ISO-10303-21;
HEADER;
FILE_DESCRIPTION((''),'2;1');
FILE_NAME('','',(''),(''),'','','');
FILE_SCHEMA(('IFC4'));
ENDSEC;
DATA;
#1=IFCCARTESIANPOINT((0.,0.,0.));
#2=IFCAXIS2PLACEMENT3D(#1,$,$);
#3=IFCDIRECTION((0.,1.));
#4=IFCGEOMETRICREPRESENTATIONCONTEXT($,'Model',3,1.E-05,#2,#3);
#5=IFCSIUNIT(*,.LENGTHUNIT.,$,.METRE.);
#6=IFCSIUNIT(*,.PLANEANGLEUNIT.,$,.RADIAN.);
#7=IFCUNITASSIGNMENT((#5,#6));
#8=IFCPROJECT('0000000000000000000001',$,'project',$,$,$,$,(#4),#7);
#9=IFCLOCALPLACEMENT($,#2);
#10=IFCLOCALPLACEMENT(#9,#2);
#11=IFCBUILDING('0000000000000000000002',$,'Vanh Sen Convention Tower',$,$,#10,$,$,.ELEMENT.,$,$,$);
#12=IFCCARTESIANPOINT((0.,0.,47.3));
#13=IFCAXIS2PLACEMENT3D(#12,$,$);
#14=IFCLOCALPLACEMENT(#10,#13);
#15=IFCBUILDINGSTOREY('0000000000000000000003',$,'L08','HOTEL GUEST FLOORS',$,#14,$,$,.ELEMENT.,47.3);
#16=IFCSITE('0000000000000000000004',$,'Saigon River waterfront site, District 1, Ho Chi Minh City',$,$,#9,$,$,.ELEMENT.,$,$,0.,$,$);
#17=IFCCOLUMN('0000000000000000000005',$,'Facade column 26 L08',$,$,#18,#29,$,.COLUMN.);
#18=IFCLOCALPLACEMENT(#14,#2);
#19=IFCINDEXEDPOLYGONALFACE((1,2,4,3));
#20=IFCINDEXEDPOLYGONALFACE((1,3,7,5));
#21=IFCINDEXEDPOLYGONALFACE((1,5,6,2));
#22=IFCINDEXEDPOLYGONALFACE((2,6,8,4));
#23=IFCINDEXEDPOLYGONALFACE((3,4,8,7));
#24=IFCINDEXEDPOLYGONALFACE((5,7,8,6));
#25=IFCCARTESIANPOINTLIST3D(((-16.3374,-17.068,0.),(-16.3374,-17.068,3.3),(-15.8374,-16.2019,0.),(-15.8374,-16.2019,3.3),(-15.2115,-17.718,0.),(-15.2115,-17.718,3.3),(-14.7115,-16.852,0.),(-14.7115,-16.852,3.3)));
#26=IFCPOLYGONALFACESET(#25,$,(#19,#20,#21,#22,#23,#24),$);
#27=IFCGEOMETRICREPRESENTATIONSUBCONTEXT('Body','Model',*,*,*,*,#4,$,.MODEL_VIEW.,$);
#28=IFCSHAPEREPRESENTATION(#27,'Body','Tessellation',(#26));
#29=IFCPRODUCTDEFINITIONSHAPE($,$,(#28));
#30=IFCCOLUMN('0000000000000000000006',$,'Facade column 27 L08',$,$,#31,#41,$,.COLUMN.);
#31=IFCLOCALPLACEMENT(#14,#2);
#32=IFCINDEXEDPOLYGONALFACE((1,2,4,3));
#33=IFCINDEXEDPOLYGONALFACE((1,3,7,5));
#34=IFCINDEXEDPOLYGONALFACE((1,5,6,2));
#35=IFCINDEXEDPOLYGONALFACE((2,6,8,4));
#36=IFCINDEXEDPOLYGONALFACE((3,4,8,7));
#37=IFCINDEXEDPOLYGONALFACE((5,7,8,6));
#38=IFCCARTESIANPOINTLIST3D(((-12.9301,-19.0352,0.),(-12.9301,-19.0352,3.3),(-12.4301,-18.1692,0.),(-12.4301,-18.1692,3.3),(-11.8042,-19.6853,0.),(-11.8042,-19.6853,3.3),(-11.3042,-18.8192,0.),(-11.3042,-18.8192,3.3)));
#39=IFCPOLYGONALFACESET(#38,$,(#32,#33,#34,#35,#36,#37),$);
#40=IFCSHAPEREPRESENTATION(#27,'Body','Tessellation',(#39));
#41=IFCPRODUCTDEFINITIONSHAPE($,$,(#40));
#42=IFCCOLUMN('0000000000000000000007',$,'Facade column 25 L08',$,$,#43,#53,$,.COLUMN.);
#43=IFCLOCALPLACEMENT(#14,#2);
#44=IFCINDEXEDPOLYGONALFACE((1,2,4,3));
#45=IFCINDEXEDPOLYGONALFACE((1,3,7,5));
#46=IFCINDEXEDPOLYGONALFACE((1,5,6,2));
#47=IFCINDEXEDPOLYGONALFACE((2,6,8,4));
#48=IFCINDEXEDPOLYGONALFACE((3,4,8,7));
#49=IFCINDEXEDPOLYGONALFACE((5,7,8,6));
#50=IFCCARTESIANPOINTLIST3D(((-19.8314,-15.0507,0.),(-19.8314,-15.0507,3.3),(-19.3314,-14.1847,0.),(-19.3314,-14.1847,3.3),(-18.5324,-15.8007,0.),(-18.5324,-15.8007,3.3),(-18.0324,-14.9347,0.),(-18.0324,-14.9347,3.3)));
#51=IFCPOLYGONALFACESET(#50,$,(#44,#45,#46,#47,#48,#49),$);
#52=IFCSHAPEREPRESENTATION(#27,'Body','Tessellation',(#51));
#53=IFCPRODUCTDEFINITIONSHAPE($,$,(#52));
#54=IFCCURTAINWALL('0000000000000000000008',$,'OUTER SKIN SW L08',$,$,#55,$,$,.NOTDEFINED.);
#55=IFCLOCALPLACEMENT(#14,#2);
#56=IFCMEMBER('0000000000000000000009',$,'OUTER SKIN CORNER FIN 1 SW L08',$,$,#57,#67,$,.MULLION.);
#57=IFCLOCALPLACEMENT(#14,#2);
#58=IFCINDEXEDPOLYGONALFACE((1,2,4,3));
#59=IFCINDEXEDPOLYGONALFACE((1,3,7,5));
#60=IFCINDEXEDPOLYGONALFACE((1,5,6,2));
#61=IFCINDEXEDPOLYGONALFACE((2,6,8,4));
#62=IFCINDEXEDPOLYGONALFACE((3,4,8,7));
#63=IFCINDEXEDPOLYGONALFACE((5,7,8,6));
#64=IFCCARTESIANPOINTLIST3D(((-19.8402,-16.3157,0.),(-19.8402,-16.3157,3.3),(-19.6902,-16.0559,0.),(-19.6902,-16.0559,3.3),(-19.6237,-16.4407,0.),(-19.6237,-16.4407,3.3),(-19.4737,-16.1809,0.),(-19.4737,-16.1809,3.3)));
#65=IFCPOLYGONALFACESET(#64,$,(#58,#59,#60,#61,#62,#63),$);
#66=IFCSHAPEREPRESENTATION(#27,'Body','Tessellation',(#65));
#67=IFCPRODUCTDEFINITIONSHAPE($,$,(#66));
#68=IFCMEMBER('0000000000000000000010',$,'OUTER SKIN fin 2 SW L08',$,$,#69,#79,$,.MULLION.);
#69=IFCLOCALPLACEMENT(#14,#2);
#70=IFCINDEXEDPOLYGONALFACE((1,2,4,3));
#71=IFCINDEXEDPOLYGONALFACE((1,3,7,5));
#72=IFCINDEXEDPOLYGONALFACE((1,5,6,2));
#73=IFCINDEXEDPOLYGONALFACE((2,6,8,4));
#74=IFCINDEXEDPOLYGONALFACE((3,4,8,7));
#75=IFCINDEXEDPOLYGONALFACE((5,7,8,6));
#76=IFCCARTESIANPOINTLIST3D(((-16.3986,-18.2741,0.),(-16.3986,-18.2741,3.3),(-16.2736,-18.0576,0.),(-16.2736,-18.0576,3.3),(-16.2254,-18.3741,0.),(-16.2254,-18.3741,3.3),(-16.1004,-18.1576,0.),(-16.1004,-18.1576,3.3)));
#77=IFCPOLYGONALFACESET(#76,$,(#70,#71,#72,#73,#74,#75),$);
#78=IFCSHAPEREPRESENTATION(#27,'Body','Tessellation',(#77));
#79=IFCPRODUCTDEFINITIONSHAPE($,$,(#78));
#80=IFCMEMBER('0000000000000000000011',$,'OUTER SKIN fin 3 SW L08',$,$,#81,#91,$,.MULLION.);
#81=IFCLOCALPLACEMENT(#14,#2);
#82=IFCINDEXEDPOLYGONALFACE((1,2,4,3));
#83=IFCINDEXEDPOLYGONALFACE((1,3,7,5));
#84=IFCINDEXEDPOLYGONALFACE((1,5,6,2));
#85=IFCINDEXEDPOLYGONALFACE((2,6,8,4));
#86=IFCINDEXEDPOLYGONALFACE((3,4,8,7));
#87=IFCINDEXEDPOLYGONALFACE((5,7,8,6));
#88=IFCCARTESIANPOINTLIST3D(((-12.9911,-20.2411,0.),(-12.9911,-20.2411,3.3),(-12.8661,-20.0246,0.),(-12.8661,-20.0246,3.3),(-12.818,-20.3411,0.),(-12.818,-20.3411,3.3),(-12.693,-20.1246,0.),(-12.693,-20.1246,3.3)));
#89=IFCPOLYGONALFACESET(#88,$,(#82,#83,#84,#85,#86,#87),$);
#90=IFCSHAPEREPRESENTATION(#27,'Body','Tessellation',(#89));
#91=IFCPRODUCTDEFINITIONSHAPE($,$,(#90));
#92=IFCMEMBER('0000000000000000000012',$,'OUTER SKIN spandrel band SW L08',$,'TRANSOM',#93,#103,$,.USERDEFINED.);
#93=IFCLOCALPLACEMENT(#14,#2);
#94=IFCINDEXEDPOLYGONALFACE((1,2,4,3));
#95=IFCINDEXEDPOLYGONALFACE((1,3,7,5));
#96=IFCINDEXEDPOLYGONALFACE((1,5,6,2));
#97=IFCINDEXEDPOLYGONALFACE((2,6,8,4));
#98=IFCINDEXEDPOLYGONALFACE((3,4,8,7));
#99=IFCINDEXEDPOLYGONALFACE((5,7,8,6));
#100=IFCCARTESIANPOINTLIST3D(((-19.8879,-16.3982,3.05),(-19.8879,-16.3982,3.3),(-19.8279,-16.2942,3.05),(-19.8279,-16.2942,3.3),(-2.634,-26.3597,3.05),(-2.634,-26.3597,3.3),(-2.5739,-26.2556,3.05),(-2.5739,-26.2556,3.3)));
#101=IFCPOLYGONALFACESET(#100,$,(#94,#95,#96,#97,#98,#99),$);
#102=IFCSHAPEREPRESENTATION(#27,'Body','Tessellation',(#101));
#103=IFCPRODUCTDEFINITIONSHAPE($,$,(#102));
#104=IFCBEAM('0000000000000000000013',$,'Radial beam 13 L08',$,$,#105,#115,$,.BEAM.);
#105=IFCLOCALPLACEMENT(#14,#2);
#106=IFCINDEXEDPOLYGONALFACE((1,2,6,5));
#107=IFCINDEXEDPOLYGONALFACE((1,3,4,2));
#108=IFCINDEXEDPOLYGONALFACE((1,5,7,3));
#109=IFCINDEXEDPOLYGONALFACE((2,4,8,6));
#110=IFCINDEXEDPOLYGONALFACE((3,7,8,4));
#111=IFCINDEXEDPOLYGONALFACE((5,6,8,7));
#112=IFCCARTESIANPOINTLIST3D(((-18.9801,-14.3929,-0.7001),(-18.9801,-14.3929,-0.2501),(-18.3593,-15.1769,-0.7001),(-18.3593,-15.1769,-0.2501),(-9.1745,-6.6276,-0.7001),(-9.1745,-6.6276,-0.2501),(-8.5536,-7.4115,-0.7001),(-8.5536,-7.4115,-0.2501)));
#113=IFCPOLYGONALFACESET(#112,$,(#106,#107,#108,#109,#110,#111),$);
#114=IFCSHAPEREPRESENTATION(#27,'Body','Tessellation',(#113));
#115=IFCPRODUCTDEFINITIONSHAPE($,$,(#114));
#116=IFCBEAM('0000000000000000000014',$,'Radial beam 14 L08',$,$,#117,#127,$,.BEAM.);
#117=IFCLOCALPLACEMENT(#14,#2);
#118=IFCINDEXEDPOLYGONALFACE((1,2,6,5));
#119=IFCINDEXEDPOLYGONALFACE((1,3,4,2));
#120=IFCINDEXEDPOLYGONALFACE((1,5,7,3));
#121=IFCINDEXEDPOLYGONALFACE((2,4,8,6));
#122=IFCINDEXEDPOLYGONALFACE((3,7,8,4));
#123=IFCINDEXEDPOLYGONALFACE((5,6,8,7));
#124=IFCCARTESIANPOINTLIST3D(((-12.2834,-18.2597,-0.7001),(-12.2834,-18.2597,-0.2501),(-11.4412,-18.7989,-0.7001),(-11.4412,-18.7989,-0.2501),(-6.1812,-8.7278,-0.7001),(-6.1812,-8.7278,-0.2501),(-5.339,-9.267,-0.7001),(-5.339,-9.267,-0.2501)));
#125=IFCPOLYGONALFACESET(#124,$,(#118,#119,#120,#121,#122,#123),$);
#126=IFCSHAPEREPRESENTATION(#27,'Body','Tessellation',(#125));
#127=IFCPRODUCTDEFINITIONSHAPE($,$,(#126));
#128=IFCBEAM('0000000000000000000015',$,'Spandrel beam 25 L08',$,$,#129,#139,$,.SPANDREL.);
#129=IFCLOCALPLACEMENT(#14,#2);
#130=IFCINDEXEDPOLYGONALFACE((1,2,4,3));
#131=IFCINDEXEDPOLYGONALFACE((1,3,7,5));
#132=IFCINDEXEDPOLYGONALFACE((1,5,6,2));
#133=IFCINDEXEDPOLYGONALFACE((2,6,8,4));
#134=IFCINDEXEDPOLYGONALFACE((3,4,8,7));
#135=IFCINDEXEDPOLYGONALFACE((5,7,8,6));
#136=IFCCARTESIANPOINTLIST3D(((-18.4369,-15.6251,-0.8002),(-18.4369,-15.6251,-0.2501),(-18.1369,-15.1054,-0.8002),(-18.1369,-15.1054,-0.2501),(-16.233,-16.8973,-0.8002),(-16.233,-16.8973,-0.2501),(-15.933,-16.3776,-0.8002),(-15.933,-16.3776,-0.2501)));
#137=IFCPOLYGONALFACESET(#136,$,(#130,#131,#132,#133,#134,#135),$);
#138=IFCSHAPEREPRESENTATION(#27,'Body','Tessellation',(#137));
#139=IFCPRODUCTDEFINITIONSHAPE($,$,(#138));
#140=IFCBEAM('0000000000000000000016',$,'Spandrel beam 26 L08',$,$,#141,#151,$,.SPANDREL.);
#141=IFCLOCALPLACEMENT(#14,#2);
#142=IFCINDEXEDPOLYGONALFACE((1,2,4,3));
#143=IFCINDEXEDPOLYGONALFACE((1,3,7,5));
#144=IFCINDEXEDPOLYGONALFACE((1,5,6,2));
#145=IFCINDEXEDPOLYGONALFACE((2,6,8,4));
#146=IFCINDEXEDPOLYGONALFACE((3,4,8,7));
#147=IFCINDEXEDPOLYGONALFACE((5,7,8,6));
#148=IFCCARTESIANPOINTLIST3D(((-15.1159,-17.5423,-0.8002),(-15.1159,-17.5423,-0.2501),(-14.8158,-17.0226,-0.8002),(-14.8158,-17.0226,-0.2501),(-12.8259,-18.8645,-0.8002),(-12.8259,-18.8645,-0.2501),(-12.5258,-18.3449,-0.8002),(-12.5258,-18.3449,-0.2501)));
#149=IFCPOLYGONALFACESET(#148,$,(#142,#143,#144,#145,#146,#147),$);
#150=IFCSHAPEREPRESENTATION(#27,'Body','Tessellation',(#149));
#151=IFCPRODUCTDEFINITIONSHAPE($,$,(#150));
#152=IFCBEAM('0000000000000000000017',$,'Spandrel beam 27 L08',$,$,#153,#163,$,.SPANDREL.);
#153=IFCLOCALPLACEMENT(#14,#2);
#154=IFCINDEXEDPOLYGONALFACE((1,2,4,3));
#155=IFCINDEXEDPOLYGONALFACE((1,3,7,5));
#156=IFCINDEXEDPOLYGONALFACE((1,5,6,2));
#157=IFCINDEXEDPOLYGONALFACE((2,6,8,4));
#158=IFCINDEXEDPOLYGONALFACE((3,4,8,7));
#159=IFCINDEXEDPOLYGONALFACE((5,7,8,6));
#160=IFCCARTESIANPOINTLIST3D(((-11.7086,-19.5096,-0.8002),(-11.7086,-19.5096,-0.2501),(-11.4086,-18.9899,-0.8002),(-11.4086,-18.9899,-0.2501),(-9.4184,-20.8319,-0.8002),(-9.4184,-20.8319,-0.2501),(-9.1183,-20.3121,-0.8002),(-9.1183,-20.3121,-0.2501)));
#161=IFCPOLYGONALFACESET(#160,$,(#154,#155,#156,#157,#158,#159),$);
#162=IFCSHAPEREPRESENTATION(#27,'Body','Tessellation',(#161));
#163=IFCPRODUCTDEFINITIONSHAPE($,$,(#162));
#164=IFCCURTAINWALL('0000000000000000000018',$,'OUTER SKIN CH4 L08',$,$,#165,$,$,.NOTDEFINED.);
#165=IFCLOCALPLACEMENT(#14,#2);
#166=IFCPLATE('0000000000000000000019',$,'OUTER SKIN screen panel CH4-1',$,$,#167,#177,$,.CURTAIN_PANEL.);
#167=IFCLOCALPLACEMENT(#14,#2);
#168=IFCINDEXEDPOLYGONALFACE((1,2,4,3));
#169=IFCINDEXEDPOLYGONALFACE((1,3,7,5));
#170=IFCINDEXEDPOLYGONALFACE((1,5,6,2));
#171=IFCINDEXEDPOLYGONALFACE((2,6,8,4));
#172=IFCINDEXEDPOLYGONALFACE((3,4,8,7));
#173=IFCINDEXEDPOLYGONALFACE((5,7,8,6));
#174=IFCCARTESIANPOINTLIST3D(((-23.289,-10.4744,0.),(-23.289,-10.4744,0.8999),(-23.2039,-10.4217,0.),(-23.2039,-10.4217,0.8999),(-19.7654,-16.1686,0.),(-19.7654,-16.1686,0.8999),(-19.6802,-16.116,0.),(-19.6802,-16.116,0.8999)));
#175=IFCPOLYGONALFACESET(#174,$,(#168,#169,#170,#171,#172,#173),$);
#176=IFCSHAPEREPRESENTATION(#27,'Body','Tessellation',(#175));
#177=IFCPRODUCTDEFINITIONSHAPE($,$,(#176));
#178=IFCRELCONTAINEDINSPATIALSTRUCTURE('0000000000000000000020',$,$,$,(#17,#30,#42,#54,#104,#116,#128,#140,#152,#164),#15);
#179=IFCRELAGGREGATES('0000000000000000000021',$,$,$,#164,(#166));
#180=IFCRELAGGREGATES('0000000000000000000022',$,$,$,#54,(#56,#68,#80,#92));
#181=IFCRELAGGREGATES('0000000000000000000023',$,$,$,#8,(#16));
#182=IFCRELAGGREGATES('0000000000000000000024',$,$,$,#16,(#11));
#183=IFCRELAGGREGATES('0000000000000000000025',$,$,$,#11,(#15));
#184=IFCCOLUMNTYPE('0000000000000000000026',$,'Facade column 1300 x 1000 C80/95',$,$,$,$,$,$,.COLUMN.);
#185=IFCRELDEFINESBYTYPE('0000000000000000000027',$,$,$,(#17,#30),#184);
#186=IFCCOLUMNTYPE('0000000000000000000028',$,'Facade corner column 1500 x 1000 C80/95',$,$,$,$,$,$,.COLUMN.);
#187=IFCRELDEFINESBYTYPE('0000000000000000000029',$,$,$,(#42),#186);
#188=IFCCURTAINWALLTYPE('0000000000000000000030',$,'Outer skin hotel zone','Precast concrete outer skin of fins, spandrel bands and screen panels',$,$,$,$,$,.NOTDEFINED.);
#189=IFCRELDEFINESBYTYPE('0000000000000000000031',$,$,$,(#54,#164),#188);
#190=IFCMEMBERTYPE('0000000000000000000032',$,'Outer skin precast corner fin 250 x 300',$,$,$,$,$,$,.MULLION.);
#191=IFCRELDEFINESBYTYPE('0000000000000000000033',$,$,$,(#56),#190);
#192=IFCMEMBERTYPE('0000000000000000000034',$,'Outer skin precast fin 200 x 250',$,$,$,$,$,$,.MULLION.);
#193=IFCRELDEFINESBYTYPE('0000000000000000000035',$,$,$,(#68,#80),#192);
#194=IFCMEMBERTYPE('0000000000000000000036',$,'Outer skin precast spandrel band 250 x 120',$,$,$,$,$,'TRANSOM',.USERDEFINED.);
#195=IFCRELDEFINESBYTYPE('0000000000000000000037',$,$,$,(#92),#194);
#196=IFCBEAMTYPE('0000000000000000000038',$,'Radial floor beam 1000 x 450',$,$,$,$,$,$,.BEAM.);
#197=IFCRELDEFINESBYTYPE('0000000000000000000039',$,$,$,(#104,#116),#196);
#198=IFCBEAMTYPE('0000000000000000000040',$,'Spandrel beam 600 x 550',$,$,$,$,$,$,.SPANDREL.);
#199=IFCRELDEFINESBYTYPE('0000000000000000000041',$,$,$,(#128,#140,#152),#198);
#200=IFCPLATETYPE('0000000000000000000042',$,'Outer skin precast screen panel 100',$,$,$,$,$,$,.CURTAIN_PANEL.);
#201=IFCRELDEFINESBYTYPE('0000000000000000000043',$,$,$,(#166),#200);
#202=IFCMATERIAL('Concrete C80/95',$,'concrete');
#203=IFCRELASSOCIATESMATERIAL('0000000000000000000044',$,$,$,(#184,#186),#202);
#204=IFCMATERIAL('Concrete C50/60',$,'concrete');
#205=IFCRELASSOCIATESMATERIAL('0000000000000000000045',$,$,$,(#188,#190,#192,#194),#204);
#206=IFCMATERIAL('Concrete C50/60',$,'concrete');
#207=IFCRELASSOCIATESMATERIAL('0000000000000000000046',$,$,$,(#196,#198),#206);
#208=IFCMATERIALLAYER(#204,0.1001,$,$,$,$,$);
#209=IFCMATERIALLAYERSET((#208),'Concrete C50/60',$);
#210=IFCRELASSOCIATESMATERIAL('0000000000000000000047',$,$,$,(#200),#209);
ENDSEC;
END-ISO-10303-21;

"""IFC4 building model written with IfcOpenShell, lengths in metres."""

from ifc_helpers import new_model, si_unit, direction, frame, origin, origin_2d, place, context, subcontext, project, spatial, rectangle, extrude, material, layer, layer_set, material_profile, profile_set, type_object, element, aggregate, save


model = new_model("IFC4")

# Units and contexts
model_context = context("Model", 3, precision=1e-05, world=origin(), true_north=direction((0.0, 1.0)))
body_context = subcontext(model_context, "Body", "Model", "MODEL_VIEW")
ifc_project = project(units=[si_unit("LENGTHUNIT", "METRE"), si_unit("PLANEANGLEUNIT", "RADIAN")], contexts=[model_context])

# Site, building, storey
site_placement = place(None, origin())
site = spatial("IfcSite", under=ifc_project, at=site_placement, Name="Saigon River waterfront site, District 1, Ho Chi Minh City", CompositionType="ELEMENT", RefElevation=0.0)
building_placement = place(site_placement, origin())
building = spatial("IfcBuilding", under=site, at=building_placement, Name="Vanh Sen Convention Tower", CompositionType="ELEMENT")
storey_placement = place(building_placement, frame((0.0, 0.0, 47.3)))
storey = spatial("IfcBuildingStorey", under=building, at=storey_placement, Name="L08", Description="HOTEL GUEST FLOORS", CompositionType="ELEMENT", Elevation=47.3)

# Columns
ifc_material_1 = material(Name="Concrete C80/95", Category="concrete")
ifc_material_profile_1 = material_profile(ifc_material_1, rectangle(XDim=1.3, YDim=1.0, at=origin_2d()), Name="RC 1300X1000")
ifc_profile_set_1 = profile_set([ifc_material_profile_1], Name="Concrete C80/95")
column_type_1 = type_object("IfcColumnType", Name="Facade column 1300 x 1000 C80/95", PredefinedType="COLUMN", material=ifc_profile_set_1)
for number, where, z_axis, x_axis, name in (
    (1, (-15.5244, -16.96, 0.0), (0.0, 0.0, 1.0), (0.866025, -0.5, 0.0), "Facade column 26 L08"),
    (2, (-12.1172, -18.9272, 0.0), (0.0, 0.0, 1.0), (0.866025, -0.5, 0.0), "Facade column 27 L08"),
):
    element("IfcColumn", number, at=place(storey_placement, frame(where, z_axis=z_axis, x_axis=x_axis)), inside=storey, type_object=column_type_1, Name=name, PredefinedType="COLUMN", context=body_context, shape_type="SweptSolid", body=[
        extrude(rectangle(XDim=1.3, YDim=1.0, at=origin_2d()), origin(), (0.0, 0.0, 1.0), 3.3),
    ])
ifc_material_profile_2 = material_profile(ifc_material_1, rectangle(XDim=1.5, YDim=1.0, at=origin_2d()), Name="RC 1500X1000")
ifc_profile_set_2 = profile_set([ifc_material_profile_2], Name="Concrete C80/95")
column_type_2 = type_object("IfcColumnType", Name="Facade corner column 1500 x 1000 C80/95", PredefinedType="COLUMN", material=ifc_profile_set_2)
column_placement = place(storey_placement, frame((-18.9319, -14.9927, 0.0), z_axis=(0.0, 0.0, 1.0), x_axis=(0.866025, -0.5, 0.0)))
element("IfcColumn", 3, at=column_placement, inside=storey, type_object=column_type_2, Name="Facade column 25 L08", PredefinedType="COLUMN", context=body_context, shape_type="SweptSolid", body=[
    extrude(rectangle(XDim=1.5, YDim=1.0, at=origin_2d()), origin(), (0.0, 0.0, 1.0), 3.3),
])

# Curtain wall, members
ifc_material_2 = material(Name="Concrete C50/60", Category="concrete")
curtain_wall_type = type_object("IfcCurtainWallType", Name="Outer skin hotel zone", Description="Precast concrete outer skin of fins, spandrel bands and screen panels", PredefinedType="NOTDEFINED", material=ifc_material_2)
curtain_wall_1_placement = place(storey_placement, origin())
curtain_wall_1 = element("IfcCurtainWall", 4, at=curtain_wall_1_placement, inside=storey, type_object=curtain_wall_type, Name="OUTER SKIN SW L08", PredefinedType="NOTDEFINED")
ifc_material_profile_3 = material_profile(ifc_material_2, rectangle(XDim=0.25, YDim=0.3, at=origin_2d()), Name="Outer skin precast corner fin 250 x 300")
ifc_profile_set_3 = profile_set([ifc_material_profile_3], Name="Concrete C50/60")
member_type_1 = type_object("IfcMemberType", Name="Outer skin precast corner fin 250 x 300", PredefinedType="MULLION", material=ifc_profile_set_3)
member_1_placement = place(storey_placement, frame((-19.657, -16.2483, 0.0), z_axis=(0.0, 0.0, 1.0), x_axis=(0.866025, -0.5, 0.0)))
member_1 = element("IfcMember", 5, at=member_1_placement, type_object=member_type_1, Name="OUTER SKIN CORNER FIN 1 SW L08", PredefinedType="MULLION", context=body_context, shape_type="SweptSolid", body=[
    extrude(rectangle(XDim=0.25, YDim=0.3, at=origin_2d()), origin(), (0.0, 0.0, 1.0), 3.3),
])
ifc_material_profile_4 = material_profile(ifc_material_2, rectangle(XDim=0.2, YDim=0.25, at=origin_2d()), Name="Outer skin precast fin 200 x 250")
ifc_profile_set_4 = profile_set([ifc_material_profile_4], Name="Concrete C50/60")
member_type_2 = type_object("IfcMemberType", Name="Outer skin precast fin 200 x 250", PredefinedType="MULLION", material=ifc_profile_set_4)
member_2_placement = place(storey_placement, frame((-16.2495, -18.2158, 0.0), z_axis=(0.0, 0.0, 1.0), x_axis=(0.866025, -0.5, 0.0)))
member_2 = element("IfcMember", 6, at=member_2_placement, type_object=member_type_2, Name="OUTER SKIN fin 2 SW L08", PredefinedType="MULLION", context=body_context, shape_type="SweptSolid", body=[
    extrude(rectangle(XDim=0.2, YDim=0.25, at=origin_2d()), origin(), (0.0, 0.0, 1.0), 3.3),
])
member_3_placement = place(storey_placement, frame((-12.842, -20.1829, 0.0), z_axis=(0.0, 0.0, 1.0), x_axis=(0.866025, -0.5, 0.0)))
member_3 = element("IfcMember", 7, at=member_3_placement, type_object=member_type_2, Name="OUTER SKIN fin 3 SW L08", PredefinedType="MULLION", context=body_context, shape_type="SweptSolid", body=[
    extrude(rectangle(XDim=0.2, YDim=0.25, at=origin_2d()), origin(), (0.0, 0.0, 1.0), 3.3),
])
ifc_material_profile_5 = material_profile(ifc_material_2, rectangle(XDim=0.1201, YDim=0.25, at=origin_2d()), Name="Outer skin precast spandrel band 250 x 120")
ifc_profile_set_5 = profile_set([ifc_material_profile_5], Name="Concrete C50/60")
member_type_3 = type_object("IfcMemberType", Name="Outer skin precast spandrel band 250 x 120", ElementType="TRANSOM", PredefinedType="USERDEFINED", material=ifc_profile_set_5)
member_4_placement = place(storey_placement, frame((-19.8579, -16.3462, 3.175), z_axis=(0.866028, -0.499995, 0.0), x_axis=(0.499995, 0.866028, 0.0)))
member_4 = element("IfcMember", 8, at=member_4_placement, type_object=member_type_3, Name="OUTER SKIN spandrel band SW L08", ObjectType="TRANSOM", PredefinedType="USERDEFINED", context=body_context, shape_type="SweptSolid", body=[
    extrude(rectangle(XDim=0.1201, YDim=0.25, at=origin_2d()), origin(), (0.0, 0.0, 1.0), 19.9231),
])

# Beams
ifc_material_3 = material(Name="Concrete C50/60", Category="concrete")
ifc_material_profile_6 = material_profile(ifc_material_3, rectangle(XDim=1.0, YDim=0.45, at=origin_2d()), Name="RC 1000X450")
ifc_profile_set_6 = profile_set([ifc_material_profile_6], Name="Concrete C50/60")
beam_type_1 = type_object("IfcBeamType", Name="Radial floor beam 1000 x 450", PredefinedType="BEAM", material=ifc_profile_set_6)
beam_1_placement = place(storey_placement, frame((-18.6697, -14.7849, -0.4751), z_axis=(0.783946, 0.620829, 0.0), x_axis=(-0.620829, 0.783946, 0.0)))
element("IfcBeam", 9, at=beam_1_placement, inside=storey, type_object=beam_type_1, Name="Radial beam 13 L08", PredefinedType="BEAM", context=body_context, shape_type="SweptSolid", body=[
    extrude(rectangle(XDim=1.0, YDim=0.45, at=origin_2d()), origin(), (0.0, 0.0, 1.0), 12.5081),
])
beam_2_placement = place(storey_placement, frame((-11.8623, -18.5293, -0.4751), z_axis=(0.539168, 0.842198, 0.0), x_axis=(-0.842198, 0.539168, 0.0)))
element("IfcBeam", 10, at=beam_2_placement, inside=storey, type_object=beam_type_1, Name="Radial beam 14 L08", PredefinedType="BEAM", context=body_context, shape_type="SweptSolid", body=[
    extrude(rectangle(XDim=1.0, YDim=0.45, at=origin_2d()), origin(), (0.0, 0.0, 1.0), 11.3179),
])
ifc_material_profile_7 = material_profile(ifc_material_3, rectangle(XDim=0.6001, YDim=0.55, at=origin_2d()), Name="RC 600X550")
ifc_profile_set_7 = profile_set([ifc_material_profile_7], Name="Concrete C50/60")
beam_type_2 = type_object("IfcBeamType", Name="Spandrel beam 600 x 550", PredefinedType="SPANDREL", material=ifc_profile_set_7)
beam_3_placement = place(storey_placement, frame((-18.2869, -15.3652, -0.5251), z_axis=(0.866056, -0.499947, 0.0), x_axis=(0.499947, 0.866056, 0.0)))
element("IfcBeam", 11, at=beam_3_placement, inside=storey, type_object=beam_type_2, Name="Spandrel beam 25 L08", PredefinedType="SPANDREL", context=body_context, shape_type="SweptSolid", body=[
    extrude(rectangle(XDim=0.6001, YDim=0.55, at=origin_2d()), origin(), (0.0, 0.0, 1.0), 2.5447),
])
beam_4_placement = place(storey_placement, frame((-14.9658, -17.2825, -0.5251), z_axis=(0.866007, -0.500031, 0.0), x_axis=(0.500031, 0.866007, 0.0)))
element("IfcBeam", 12, at=beam_4_placement, inside=storey, type_object=beam_type_2, Name="Spandrel beam 26 L08", PredefinedType="SPANDREL", context=body_context, shape_type="SweptSolid", body=[
    extrude(rectangle(XDim=0.6001, YDim=0.55, at=origin_2d()), origin(), (0.0, 0.0, 1.0), 2.6443),
])
beam_5_placement = place(storey_placement, frame((-11.5586, -19.2498, -0.5251), z_axis=(0.86603, -0.499991, 0.0), x_axis=(0.499991, 0.86603, 0.0)))
element("IfcBeam", 13, at=beam_5_placement, inside=storey, type_object=beam_type_2, Name="Spandrel beam 27 L08", PredefinedType="SPANDREL", context=body_context, shape_type="SweptSolid", body=[
    extrude(rectangle(XDim=0.6001, YDim=0.55, at=origin_2d()), origin(), (0.0, 0.0, 1.0), 2.6445),
])

# Curtain wall, plate
curtain_wall_2_placement = place(storey_placement, origin())
curtain_wall_2 = element("IfcCurtainWall", 14, at=curtain_wall_2_placement, inside=storey, type_object=curtain_wall_type, Name="OUTER SKIN CH4 L08", PredefinedType="NOTDEFINED")
ifc_layer_1 = layer(ifc_material_2, 0.1001)
ifc_layer_set_1 = layer_set([ifc_layer_1], Name="Concrete C50/60")
plate_type = type_object("IfcPlateType", Name="Outer skin precast screen panel 100", PredefinedType="CURTAIN_PANEL", material=ifc_layer_set_1)
plate_1_placement = place(storey_placement, frame((-21.4846, -13.2952, 0.0), z_axis=(0.0, 0.0, 1.0), x_axis=(0.526205, -0.850358, 0.0)))
plate_1 = element("IfcPlate", 15, at=plate_1_placement, type_object=plate_type, Name="OUTER SKIN screen panel CH4-1", PredefinedType="CURTAIN_PANEL", context=body_context, shape_type="SweptSolid", body=[
    extrude(rectangle(XDim=6.6963, YDim=0.1001, at=origin_2d()), origin(), (0.0, 0.0, 1.0), 0.8999),
])
aggregate(curtain_wall_2, [plate_1])

aggregate(curtain_wall_1, [member_1, member_2, member_3, member_4])

save(model, "model.ifc")
